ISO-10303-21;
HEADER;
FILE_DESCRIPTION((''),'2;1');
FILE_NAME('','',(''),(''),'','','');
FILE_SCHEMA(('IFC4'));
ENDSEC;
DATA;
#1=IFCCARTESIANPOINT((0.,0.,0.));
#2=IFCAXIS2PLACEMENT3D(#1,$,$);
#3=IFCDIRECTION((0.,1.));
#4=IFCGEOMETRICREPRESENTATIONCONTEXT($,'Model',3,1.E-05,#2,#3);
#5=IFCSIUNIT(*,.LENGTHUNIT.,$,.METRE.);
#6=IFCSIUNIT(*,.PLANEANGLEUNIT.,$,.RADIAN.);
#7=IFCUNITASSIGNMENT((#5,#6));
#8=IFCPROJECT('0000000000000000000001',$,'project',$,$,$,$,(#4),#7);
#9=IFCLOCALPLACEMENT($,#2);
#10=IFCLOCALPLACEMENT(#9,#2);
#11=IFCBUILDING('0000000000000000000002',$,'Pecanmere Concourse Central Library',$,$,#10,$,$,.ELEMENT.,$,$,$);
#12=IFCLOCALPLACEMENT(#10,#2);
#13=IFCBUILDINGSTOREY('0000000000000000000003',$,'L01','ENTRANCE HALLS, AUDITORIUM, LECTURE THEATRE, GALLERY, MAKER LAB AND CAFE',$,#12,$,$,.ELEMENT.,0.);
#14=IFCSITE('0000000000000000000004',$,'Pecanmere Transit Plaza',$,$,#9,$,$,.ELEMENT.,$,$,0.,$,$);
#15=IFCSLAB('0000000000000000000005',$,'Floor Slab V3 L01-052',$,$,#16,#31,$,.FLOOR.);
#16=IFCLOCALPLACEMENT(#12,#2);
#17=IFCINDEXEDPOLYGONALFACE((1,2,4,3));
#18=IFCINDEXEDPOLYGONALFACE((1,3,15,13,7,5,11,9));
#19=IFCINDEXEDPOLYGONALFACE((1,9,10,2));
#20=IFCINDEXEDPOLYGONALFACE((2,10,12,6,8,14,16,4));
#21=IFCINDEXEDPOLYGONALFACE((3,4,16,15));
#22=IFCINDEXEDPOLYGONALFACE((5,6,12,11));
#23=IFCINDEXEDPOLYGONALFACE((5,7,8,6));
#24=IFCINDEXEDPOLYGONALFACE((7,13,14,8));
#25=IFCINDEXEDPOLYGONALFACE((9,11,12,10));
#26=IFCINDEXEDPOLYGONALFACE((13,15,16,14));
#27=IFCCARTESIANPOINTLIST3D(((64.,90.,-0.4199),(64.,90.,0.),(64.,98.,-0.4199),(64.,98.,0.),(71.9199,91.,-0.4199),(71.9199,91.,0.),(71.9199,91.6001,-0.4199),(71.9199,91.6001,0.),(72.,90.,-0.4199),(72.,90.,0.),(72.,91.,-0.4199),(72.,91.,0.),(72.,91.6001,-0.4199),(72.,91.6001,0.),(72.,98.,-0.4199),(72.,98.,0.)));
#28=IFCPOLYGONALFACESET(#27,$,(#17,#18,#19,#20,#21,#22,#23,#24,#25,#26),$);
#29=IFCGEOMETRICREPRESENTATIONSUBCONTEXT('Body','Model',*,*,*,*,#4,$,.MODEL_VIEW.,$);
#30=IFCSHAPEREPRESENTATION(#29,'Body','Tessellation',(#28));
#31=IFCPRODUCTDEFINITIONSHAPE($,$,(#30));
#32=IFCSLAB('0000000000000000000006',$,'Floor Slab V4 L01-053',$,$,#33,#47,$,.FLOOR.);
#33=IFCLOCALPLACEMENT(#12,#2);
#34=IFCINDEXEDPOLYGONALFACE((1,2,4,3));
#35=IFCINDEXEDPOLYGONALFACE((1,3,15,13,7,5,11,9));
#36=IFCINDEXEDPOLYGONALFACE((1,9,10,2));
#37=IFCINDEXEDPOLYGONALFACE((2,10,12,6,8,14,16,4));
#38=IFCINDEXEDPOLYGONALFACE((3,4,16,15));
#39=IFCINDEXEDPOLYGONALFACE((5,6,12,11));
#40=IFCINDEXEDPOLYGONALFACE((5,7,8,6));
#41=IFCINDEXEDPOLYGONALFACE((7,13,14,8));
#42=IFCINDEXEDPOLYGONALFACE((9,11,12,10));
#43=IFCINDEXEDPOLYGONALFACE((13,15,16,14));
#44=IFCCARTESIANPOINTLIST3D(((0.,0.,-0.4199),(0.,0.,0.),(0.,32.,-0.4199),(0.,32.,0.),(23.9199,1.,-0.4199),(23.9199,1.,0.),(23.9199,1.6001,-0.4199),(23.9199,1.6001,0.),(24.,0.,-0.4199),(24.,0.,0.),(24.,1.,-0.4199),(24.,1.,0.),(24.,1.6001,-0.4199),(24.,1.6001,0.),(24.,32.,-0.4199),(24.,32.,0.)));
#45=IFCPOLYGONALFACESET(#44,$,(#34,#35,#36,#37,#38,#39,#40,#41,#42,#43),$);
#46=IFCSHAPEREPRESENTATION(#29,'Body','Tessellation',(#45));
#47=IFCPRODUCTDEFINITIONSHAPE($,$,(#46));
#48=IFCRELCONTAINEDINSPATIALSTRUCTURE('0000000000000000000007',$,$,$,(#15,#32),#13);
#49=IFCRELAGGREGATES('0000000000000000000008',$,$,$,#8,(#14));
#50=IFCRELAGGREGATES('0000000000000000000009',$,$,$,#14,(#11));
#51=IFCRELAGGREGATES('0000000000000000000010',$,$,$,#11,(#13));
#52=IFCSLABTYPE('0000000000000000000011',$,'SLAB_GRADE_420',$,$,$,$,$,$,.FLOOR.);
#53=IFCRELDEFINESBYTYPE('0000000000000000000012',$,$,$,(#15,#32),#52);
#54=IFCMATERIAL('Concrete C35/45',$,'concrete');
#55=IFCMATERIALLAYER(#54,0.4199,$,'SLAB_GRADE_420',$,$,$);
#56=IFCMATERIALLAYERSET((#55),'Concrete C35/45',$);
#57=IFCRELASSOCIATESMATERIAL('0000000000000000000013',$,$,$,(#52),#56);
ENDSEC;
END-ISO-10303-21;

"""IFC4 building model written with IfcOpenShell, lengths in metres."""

from ifc_helpers import new_model, si_unit, direction, frame, origin, place, context, subcontext, project, spatial, polyline, outline, extrude, material, layer, layer_set, type_object, element, save


model = new_model("IFC4")

# Units and contexts
model_context = context("Model", 3, precision=1e-05, world=origin(), true_north=direction((0.0, 1.0)))
body_context = subcontext(model_context, "Body", "Model", "MODEL_VIEW")
ifc_project = project(units=[si_unit("LENGTHUNIT", "METRE"), si_unit("PLANEANGLEUNIT", "RADIAN")], contexts=[model_context])

# Site, building, storey
site_placement = place(None, origin())
site = spatial("IfcSite", under=ifc_project, at=site_placement, Name="Pecanmere Transit Plaza", CompositionType="ELEMENT", RefElevation=0.0)
building_placement = place(site_placement, origin())
building = spatial("IfcBuilding", under=site, at=building_placement, Name="Pecanmere Concourse Central Library", CompositionType="ELEMENT")
storey_placement = place(building_placement, origin())
storey = spatial("IfcBuildingStorey", under=building, at=storey_placement, Name="L01", Description="ENTRANCE HALLS, AUDITORIUM, LECTURE THEATRE, GALLERY, MAKER LAB AND CAFE", CompositionType="ELEMENT", Elevation=0.0)

# Slabs
ifc_material_1 = material(Name="Concrete C35/45", Category="concrete")
ifc_layer = layer(ifc_material_1, 0.4199, Name="SLAB_GRADE_420")
ifc_layer_set = layer_set([ifc_layer], Name="Concrete C35/45")
slab_type = type_object("IfcSlabType", Name="SLAB_GRADE_420", PredefinedType="FLOOR", material=ifc_layer_set)
slab_1_placement = place(storey_placement, frame((0.0, 0.0, -0.4199)))
element("IfcSlab", 1, at=slab_1_placement, inside=storey, type_object=slab_type, Name="Floor Slab V3 L01-052", PredefinedType="FLOOR", context=body_context, shape_type="SweptSolid", body=[
    extrude(outline(polyline([(64.0, 98.0), (72.0, 98.0), (72.0, 91.6001), (71.9199, 91.6001), (71.9199, 91.0), (72.0, 91.0), (72.0, 90.0), (64.0, 90.0), (64.0, 98.0)])), origin(), (0.0, 0.0, 1.0), 0.4199),
])
slab_2_placement = place(storey_placement, frame((0.0, 0.0, -0.4199)))
element("IfcSlab", 2, at=slab_2_placement, inside=storey, type_object=slab_type, Name="Floor Slab V4 L01-053", PredefinedType="FLOOR", context=body_context, shape_type="SweptSolid", body=[
    extrude(outline(polyline([(0.0, 0.0), (0.0, 32.0), (24.0, 32.0), (24.0, 1.6001), (23.9199, 1.6001), (23.9199, 1.0), (24.0, 1.0), (24.0, 0.0), (0.0, 0.0)])), origin(), (0.0, 0.0, 1.0), 0.4199),
])

save(model, "model.ifc")
